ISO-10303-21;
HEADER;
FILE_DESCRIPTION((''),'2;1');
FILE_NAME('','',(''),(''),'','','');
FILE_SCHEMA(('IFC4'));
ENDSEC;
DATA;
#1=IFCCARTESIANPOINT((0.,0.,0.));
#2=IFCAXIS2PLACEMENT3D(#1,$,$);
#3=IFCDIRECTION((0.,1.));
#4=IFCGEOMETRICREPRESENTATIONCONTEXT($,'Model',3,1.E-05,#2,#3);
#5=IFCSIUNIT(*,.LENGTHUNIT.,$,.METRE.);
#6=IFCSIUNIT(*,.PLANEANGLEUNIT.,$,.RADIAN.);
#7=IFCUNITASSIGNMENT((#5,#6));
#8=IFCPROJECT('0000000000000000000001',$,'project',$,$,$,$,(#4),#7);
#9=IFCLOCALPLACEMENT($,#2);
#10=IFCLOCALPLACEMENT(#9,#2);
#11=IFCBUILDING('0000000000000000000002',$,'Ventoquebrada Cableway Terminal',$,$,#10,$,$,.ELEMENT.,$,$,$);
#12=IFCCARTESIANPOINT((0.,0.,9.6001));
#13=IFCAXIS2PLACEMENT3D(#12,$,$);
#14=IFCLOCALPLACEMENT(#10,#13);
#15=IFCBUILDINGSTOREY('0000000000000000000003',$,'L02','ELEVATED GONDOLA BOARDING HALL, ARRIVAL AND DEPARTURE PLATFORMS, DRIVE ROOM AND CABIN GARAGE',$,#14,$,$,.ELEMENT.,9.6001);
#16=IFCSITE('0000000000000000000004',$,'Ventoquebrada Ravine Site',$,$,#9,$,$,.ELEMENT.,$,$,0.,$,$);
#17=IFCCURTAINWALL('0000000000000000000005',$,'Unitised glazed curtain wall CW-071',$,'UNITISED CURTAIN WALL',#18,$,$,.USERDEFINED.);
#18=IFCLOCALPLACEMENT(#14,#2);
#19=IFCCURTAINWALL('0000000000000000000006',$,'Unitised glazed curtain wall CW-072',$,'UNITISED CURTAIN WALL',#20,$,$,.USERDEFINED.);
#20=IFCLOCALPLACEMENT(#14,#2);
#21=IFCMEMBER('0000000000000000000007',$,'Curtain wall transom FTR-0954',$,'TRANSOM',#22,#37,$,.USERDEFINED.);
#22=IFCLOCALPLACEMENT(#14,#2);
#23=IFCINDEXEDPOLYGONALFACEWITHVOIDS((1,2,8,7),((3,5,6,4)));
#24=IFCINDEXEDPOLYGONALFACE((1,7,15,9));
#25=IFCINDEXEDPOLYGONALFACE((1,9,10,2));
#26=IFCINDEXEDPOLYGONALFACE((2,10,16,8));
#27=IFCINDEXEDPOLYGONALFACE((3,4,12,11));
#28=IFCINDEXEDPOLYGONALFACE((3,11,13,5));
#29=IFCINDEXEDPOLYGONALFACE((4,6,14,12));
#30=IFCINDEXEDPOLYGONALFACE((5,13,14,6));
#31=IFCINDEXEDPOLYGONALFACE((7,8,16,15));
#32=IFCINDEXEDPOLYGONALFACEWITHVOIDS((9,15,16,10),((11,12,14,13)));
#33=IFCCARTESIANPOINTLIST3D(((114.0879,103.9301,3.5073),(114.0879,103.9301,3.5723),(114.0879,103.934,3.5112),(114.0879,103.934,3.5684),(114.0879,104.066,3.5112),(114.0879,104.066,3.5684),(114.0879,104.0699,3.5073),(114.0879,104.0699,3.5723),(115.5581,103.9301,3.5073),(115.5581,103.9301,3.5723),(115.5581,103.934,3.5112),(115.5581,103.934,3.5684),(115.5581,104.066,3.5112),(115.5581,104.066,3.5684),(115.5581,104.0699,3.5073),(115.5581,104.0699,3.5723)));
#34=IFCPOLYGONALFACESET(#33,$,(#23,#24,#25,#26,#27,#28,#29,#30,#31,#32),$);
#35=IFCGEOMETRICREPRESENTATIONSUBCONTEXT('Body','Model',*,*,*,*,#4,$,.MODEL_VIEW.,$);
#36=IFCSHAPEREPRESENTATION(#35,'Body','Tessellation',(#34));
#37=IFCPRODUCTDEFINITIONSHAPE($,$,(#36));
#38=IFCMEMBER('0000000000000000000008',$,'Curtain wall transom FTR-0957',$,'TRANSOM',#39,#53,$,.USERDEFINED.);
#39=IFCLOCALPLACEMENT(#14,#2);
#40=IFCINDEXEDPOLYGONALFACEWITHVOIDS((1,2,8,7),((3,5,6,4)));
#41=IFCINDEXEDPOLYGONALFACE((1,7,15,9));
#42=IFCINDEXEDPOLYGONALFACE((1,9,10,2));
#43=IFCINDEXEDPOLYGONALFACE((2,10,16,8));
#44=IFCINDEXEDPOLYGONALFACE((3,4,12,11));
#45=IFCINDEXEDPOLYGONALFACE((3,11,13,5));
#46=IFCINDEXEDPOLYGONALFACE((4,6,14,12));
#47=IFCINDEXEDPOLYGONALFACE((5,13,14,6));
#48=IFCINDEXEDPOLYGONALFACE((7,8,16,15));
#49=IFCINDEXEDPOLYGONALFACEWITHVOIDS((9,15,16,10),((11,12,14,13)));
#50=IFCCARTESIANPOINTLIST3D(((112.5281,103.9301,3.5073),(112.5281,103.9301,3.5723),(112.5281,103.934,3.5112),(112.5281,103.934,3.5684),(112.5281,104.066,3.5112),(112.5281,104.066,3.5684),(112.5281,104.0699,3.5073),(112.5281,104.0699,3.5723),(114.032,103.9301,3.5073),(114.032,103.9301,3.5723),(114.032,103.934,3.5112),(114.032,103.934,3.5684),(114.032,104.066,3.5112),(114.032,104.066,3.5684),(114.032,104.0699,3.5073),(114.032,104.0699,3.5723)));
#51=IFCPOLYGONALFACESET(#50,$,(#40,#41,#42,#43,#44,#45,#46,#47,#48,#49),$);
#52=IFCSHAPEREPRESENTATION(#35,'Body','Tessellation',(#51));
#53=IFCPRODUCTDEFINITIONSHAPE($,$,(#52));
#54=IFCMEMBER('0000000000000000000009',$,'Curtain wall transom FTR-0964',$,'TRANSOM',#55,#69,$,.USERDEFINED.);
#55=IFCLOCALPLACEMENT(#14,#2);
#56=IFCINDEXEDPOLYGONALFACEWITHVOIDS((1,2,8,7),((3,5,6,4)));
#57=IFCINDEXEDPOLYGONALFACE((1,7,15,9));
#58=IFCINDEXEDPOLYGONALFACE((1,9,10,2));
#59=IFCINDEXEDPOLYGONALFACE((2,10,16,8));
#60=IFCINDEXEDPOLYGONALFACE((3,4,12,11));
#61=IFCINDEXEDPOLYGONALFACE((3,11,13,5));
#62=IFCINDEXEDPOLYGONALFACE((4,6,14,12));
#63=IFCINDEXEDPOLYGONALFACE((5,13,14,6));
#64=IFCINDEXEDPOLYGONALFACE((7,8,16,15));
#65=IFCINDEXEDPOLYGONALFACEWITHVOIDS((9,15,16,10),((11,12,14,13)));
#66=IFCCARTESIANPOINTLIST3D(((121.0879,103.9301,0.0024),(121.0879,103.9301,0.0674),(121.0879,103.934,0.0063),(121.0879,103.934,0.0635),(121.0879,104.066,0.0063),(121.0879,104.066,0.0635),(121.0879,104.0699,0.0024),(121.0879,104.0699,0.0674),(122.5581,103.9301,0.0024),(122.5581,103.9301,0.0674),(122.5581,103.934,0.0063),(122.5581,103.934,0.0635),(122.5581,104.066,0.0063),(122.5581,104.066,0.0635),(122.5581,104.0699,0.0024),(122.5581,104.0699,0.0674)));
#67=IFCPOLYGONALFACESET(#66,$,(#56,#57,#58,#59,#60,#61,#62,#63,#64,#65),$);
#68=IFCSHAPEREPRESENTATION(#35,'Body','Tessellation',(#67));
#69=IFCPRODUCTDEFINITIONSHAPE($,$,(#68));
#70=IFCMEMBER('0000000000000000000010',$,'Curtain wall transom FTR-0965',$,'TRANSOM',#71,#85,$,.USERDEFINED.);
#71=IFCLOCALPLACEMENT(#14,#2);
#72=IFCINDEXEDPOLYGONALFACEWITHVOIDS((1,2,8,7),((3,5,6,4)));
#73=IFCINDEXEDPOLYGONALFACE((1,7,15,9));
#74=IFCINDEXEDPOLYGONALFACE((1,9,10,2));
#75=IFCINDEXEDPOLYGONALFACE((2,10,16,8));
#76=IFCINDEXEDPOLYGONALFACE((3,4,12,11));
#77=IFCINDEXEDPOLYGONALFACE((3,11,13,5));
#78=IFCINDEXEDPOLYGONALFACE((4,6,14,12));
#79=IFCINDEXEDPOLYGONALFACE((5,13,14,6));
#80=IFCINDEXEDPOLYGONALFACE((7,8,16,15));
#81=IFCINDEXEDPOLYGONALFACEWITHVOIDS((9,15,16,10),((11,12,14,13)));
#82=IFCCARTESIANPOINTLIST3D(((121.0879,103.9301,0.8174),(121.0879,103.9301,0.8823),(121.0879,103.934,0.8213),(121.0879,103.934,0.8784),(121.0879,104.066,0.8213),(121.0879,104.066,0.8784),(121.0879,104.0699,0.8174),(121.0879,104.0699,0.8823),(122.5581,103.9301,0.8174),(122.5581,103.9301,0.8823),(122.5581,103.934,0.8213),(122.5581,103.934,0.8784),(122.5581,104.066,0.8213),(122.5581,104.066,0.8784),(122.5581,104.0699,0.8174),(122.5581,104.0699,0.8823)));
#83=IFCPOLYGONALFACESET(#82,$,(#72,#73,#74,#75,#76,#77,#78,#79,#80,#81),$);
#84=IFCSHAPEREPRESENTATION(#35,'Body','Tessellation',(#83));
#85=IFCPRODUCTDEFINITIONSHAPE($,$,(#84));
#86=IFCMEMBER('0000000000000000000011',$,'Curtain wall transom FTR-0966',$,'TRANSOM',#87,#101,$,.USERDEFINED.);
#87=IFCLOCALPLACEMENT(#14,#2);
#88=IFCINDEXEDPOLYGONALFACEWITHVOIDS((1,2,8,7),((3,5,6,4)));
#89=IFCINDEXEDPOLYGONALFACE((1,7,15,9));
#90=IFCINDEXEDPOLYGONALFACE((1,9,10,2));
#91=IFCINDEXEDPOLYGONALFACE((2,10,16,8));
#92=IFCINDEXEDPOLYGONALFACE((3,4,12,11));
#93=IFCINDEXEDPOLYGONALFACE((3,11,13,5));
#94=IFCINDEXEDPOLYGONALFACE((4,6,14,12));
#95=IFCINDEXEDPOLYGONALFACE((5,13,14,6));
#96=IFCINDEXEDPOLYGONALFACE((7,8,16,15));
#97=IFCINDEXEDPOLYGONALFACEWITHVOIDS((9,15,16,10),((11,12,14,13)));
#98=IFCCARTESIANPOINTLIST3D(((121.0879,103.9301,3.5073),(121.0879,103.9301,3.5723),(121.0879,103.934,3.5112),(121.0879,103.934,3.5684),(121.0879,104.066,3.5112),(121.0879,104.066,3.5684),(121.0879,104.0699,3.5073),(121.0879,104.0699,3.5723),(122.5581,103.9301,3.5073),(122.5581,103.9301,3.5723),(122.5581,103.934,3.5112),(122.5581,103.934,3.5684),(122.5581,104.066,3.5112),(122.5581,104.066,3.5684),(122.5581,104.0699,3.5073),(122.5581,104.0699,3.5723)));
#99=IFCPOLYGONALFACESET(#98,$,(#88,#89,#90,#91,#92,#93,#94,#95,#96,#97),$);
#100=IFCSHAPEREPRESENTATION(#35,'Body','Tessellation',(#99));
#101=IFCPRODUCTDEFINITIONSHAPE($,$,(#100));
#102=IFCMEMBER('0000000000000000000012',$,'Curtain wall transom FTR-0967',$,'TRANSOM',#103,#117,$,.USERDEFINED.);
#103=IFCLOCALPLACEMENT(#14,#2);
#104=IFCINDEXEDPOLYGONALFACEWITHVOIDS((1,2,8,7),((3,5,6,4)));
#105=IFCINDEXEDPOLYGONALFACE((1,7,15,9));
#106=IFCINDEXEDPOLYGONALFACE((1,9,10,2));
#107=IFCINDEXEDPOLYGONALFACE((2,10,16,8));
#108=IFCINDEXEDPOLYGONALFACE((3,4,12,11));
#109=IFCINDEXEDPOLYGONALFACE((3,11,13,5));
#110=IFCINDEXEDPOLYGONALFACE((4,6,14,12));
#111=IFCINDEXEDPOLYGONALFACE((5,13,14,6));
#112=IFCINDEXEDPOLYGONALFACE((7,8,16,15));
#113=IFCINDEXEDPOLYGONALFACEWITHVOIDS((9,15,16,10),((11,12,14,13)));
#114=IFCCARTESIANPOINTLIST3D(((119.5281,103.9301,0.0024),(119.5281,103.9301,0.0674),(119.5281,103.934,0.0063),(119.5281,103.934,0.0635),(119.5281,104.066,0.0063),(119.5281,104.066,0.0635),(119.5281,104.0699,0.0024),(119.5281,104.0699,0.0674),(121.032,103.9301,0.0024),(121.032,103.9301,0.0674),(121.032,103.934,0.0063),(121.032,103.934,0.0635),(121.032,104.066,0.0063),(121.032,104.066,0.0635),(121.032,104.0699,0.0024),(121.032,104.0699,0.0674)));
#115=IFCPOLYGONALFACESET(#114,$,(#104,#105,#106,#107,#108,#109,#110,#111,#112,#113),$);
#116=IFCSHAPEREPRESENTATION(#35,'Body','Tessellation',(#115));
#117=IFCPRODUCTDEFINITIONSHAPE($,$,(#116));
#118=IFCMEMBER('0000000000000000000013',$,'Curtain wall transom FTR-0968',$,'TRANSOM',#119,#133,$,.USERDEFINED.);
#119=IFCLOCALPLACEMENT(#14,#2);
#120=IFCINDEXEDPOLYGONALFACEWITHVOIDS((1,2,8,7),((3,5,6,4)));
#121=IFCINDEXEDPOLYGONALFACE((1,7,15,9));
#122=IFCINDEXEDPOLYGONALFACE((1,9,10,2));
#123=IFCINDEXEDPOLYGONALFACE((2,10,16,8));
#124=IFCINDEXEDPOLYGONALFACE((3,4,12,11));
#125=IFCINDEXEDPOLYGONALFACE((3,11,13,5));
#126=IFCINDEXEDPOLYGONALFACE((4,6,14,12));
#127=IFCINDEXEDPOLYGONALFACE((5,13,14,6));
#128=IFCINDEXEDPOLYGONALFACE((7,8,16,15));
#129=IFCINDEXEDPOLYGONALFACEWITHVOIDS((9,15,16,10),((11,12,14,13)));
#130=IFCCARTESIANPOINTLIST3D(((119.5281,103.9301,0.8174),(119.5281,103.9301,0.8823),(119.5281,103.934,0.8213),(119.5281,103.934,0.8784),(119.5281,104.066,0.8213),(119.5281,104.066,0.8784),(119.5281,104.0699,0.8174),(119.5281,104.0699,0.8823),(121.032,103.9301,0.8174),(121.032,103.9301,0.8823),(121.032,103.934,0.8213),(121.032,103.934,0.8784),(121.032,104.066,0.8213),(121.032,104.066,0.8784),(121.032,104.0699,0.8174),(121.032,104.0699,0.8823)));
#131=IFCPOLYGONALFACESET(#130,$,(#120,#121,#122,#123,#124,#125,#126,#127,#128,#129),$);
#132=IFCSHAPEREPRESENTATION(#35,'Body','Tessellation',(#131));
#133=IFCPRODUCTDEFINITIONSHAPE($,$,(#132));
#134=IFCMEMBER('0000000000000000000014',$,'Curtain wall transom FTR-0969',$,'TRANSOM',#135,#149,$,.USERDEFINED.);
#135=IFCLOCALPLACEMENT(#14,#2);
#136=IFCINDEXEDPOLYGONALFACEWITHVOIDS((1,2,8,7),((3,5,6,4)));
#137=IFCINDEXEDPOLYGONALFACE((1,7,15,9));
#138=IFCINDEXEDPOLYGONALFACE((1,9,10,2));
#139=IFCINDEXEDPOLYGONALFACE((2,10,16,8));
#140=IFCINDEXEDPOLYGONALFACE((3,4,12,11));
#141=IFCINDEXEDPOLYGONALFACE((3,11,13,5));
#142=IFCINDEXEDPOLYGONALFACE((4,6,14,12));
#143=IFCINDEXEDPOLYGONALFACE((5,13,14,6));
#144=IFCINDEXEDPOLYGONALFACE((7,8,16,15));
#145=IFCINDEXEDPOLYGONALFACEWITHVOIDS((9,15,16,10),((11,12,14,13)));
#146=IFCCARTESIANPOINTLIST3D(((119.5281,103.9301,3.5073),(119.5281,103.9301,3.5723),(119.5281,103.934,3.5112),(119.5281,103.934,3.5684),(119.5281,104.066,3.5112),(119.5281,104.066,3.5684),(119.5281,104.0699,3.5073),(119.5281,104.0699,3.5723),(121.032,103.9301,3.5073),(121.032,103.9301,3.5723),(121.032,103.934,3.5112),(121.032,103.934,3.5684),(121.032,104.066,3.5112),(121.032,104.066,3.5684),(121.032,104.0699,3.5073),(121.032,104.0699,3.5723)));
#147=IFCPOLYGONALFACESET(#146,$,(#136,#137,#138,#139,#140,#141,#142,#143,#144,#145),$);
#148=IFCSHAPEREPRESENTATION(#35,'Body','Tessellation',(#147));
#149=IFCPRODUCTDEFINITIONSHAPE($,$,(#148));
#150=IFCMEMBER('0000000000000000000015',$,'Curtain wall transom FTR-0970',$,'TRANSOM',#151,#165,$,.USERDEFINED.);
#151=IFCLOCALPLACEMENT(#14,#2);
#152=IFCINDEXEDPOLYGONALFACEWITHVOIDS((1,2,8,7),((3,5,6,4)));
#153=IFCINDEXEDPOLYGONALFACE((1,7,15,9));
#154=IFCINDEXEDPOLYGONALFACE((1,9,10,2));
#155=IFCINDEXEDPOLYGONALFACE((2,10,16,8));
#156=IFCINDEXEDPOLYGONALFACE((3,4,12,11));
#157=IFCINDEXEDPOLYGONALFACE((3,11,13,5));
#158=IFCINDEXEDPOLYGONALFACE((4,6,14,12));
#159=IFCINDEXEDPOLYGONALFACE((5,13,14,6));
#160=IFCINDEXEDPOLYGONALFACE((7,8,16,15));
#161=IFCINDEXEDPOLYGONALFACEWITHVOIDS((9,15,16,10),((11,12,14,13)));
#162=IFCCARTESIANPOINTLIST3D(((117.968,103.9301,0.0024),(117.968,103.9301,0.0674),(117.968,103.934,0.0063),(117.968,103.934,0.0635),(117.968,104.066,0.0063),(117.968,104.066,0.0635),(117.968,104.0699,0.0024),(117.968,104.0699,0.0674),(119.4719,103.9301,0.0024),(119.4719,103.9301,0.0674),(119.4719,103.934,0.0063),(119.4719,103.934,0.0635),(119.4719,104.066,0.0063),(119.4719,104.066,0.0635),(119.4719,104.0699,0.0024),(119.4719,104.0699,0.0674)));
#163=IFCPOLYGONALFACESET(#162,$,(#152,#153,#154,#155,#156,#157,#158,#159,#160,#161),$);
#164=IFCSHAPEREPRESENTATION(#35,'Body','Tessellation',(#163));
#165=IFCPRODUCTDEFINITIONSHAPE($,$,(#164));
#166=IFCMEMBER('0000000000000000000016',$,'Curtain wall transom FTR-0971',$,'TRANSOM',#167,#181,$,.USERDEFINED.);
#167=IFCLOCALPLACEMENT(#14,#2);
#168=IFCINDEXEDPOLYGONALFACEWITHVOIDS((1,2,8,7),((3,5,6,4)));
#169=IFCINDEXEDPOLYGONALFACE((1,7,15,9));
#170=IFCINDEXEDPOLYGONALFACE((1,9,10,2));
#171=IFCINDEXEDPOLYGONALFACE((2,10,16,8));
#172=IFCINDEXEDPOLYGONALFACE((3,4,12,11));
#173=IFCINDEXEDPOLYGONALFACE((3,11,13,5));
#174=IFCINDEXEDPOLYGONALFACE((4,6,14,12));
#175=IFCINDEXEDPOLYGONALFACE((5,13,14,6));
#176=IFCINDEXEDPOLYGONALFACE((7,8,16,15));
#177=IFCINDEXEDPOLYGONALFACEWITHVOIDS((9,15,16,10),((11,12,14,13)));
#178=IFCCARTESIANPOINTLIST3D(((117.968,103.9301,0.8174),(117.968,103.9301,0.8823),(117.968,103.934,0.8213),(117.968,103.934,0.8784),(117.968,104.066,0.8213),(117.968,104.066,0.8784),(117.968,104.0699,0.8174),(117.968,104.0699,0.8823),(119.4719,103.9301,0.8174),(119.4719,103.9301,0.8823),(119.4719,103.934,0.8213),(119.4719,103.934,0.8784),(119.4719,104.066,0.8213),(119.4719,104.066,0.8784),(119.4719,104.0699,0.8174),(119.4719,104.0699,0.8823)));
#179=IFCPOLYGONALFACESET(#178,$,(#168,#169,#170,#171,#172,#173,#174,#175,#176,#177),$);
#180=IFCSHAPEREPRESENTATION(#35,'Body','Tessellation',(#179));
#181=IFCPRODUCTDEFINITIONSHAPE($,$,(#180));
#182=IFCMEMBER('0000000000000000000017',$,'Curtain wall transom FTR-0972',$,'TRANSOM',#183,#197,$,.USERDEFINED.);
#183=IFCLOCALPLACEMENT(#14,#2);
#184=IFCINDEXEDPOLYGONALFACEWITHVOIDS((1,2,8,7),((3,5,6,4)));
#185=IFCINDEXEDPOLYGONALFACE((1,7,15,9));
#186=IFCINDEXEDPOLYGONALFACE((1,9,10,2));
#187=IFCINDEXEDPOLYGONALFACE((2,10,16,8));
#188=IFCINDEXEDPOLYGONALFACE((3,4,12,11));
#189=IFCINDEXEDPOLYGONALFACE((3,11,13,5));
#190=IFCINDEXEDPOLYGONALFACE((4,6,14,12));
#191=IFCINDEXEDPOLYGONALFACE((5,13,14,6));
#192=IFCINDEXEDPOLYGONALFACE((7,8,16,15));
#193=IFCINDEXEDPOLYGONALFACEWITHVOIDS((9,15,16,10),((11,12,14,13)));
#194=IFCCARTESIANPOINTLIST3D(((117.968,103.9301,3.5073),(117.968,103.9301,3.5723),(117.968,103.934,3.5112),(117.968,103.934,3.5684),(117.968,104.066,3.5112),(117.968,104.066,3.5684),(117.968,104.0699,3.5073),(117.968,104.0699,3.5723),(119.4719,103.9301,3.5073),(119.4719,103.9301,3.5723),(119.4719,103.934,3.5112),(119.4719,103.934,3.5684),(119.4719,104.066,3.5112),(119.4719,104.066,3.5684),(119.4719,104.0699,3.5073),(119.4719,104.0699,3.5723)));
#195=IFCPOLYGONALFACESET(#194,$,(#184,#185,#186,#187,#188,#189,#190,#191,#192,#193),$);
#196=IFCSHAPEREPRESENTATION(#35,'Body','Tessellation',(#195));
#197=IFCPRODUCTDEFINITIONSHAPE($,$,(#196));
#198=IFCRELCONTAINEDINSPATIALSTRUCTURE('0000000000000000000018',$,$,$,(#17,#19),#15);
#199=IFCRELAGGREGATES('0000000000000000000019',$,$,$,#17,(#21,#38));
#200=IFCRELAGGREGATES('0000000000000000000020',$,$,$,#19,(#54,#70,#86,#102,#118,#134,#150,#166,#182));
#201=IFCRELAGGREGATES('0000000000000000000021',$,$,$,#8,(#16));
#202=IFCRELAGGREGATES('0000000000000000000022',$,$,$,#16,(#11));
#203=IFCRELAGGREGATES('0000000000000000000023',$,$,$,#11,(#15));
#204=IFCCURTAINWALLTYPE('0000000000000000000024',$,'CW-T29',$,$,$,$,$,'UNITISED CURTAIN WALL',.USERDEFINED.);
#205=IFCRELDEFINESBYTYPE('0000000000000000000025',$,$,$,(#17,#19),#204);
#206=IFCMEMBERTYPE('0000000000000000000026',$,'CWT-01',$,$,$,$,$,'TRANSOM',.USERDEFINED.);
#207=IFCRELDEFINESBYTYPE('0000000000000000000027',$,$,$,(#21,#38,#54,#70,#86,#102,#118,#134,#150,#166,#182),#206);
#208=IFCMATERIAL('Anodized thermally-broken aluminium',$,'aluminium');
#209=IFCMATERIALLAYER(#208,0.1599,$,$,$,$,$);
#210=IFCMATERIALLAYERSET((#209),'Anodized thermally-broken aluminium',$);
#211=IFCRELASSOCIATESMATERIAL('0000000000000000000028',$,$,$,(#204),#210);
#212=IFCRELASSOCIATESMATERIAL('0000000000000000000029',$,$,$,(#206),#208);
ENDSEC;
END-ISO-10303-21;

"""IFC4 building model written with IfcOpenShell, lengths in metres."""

from ifc_helpers import new_model, si_unit, direction, frame, origin, origin_2d, place, context, subcontext, project, spatial, hollow_rectangle, extrude, material, layer, layer_set, material_profile, profile_set, type_object, element, aggregate, save


model = new_model("IFC4")

# Units and contexts
model_context = context("Model", 3, precision=1e-05, world=origin(), true_north=direction((0.0, 1.0)))
body_context = subcontext(model_context, "Body", "Model", "MODEL_VIEW")
ifc_project = project(units=[si_unit("LENGTHUNIT", "METRE"), si_unit("PLANEANGLEUNIT", "RADIAN")], contexts=[model_context])

# Site, building, storey
site_placement = place(None, origin())
site = spatial("IfcSite", under=ifc_project, at=site_placement, Name="Ventoquebrada Ravine Site", CompositionType="ELEMENT", RefElevation=0.0)
building_placement = place(site_placement, origin())
building = spatial("IfcBuilding", under=site, at=building_placement, Name="Ventoquebrada Cableway Terminal", CompositionType="ELEMENT")
storey_placement = place(building_placement, frame((0.0, 0.0, 9.6001)))
storey = spatial("IfcBuildingStorey", under=building, at=storey_placement, Name="L02", Description="ELEVATED GONDOLA BOARDING HALL, ARRIVAL AND DEPARTURE PLATFORMS, DRIVE ROOM AND CABIN GARAGE", CompositionType="ELEMENT", Elevation=9.6001)

# Curtain walls
ifc_material_1 = material(Name="Anodized thermally-broken aluminium", Category="aluminium")
ifc_layer_1 = layer(ifc_material_1, 0.1599)
ifc_layer_set_1 = layer_set([ifc_layer_1], Name="Anodized thermally-broken aluminium")
curtain_wall_type = type_object("IfcCurtainWallType", Name="CW-T29", ElementType="UNITISED CURTAIN WALL", PredefinedType="USERDEFINED", material=ifc_layer_set_1)
curtain_wall_1_placement = place(storey_placement, origin())
curtain_wall_1 = element("IfcCurtainWall", 1, at=curtain_wall_1_placement, inside=storey, type_object=curtain_wall_type, Name="Unitised glazed curtain wall CW-071", ObjectType="UNITISED CURTAIN WALL", PredefinedType="USERDEFINED")
curtain_wall_2_placement = place(storey_placement, origin())
curtain_wall_2 = element("IfcCurtainWall", 2, at=curtain_wall_2_placement, inside=storey, type_object=curtain_wall_type, Name="Unitised glazed curtain wall CW-072", ObjectType="UNITISED CURTAIN WALL", PredefinedType="USERDEFINED")

# Members
ifc_material_profile_1 = material_profile(ifc_material_1, hollow_rectangle(XDim=0.0649, YDim=0.1399, WallThickness=0.0039, at=origin_2d()), Name="CW-TRN-65X140")
ifc_profile_set_1 = profile_set([ifc_material_profile_1], Name="Anodized thermally-broken aluminium")
member_type_1 = type_object("IfcMemberType", Name="CWT-01", ElementType="TRANSOM", PredefinedType="USERDEFINED", material=ifc_profile_set_1)
member_1_placement = place(storey_placement, frame((115.5581, 104.0, 3.5398), z_axis=(-1.0, 0.0, 0.0), x_axis=(0.0, 0.0, 1.0)))
member_1 = element("IfcMember", 3, at=member_1_placement, type_object=member_type_1, Name="Curtain wall transom FTR-0954", ObjectType="TRANSOM", PredefinedType="USERDEFINED", context=body_context, shape_type="SweptSolid", body=[
    extrude(hollow_rectangle(XDim=0.0649, YDim=0.1399, WallThickness=0.0039, at=origin_2d()), origin(), (0.0, 0.0, 1.0), 1.4702),
])
member_2_placement = place(storey_placement, frame((114.032, 104.0, 3.5398), z_axis=(-1.0, 0.0, 0.0), x_axis=(0.0, 0.0, 1.0)))
member_2 = element("IfcMember", 4, at=member_2_placement, type_object=member_type_1, Name="Curtain wall transom FTR-0957", ObjectType="TRANSOM", PredefinedType="USERDEFINED", context=body_context, shape_type="SweptSolid", body=[
    extrude(hollow_rectangle(XDim=0.0649, YDim=0.1399, WallThickness=0.0039, at=origin_2d()), origin(), (0.0, 0.0, 1.0), 1.5039),
])
member_3_placement = place(storey_placement, frame((122.5581, 104.0, 0.0349), z_axis=(-1.0, 0.0, 0.0), x_axis=(0.0, 0.0, 1.0)))
member_3 = element("IfcMember", 5, at=member_3_placement, type_object=member_type_1, Name="Curtain wall transom FTR-0964", ObjectType="TRANSOM", PredefinedType="USERDEFINED", context=body_context, shape_type="SweptSolid", body=[
    extrude(hollow_rectangle(XDim=0.0649, YDim=0.1399, WallThickness=0.0039, at=origin_2d()), origin(), (0.0, 0.0, 1.0), 1.4702),
])
member_4_placement = place(storey_placement, frame((122.5581, 104.0, 0.8499), z_axis=(-1.0, 0.0, 0.0), x_axis=(0.0, 0.0, 1.0)))
member_4 = element("IfcMember", 6, at=member_4_placement, type_object=member_type_1, Name="Curtain wall transom FTR-0965", ObjectType="TRANSOM", PredefinedType="USERDEFINED", context=body_context, shape_type="SweptSolid", body=[
    extrude(hollow_rectangle(XDim=0.0649, YDim=0.1399, WallThickness=0.0039, at=origin_2d()), origin(), (0.0, 0.0, 1.0), 1.4702),
])
member_5_placement = place(storey_placement, frame((122.5581, 104.0, 3.5398), z_axis=(-1.0, 0.0, 0.0), x_axis=(0.0, 0.0, 1.0)))
member_5 = element("IfcMember", 7, at=member_5_placement, type_object=member_type_1, Name="Curtain wall transom FTR-0966", ObjectType="TRANSOM", PredefinedType="USERDEFINED", context=body_context, shape_type="SweptSolid", body=[
    extrude(hollow_rectangle(XDim=0.0649, YDim=0.1399, WallThickness=0.0039, at=origin_2d()), origin(), (0.0, 0.0, 1.0), 1.4702),
])
member_6_placement = place(storey_placement, frame((121.032, 104.0, 0.0349), z_axis=(-1.0, 0.0, 0.0), x_axis=(0.0, 0.0, 1.0)))
member_6 = element("IfcMember", 8, at=member_6_placement, type_object=member_type_1, Name="Curtain wall transom FTR-0967", ObjectType="TRANSOM", PredefinedType="USERDEFINED", context=body_context, shape_type="SweptSolid", body=[
    extrude(hollow_rectangle(XDim=0.0649, YDim=0.1399, WallThickness=0.0039, at=origin_2d()), origin(), (0.0, 0.0, 1.0), 1.5039),
])
member_7_placement = place(storey_placement, frame((121.032, 104.0, 0.8499), z_axis=(-1.0, 0.0, 0.0), x_axis=(0.0, 0.0, 1.0)))
member_7 = element("IfcMember", 9, at=member_7_placement, type_object=member_type_1, Name="Curtain wall transom FTR-0968", ObjectType="TRANSOM", PredefinedType="USERDEFINED", context=body_context, shape_type="SweptSolid", body=[
    extrude(hollow_rectangle(XDim=0.0649, YDim=0.1399, WallThickness=0.0039, at=origin_2d()), origin(), (0.0, 0.0, 1.0), 1.5039),
])
member_8_placement = place(storey_placement, frame((121.032, 104.0, 3.5398), z_axis=(-1.0, 0.0, 0.0), x_axis=(0.0, 0.0, 1.0)))
member_8 = element("IfcMember", 10, at=member_8_placement, type_object=member_type_1, Name="Curtain wall transom FTR-0969", ObjectType="TRANSOM", PredefinedType="USERDEFINED", context=body_context, shape_type="SweptSolid", body=[
    extrude(hollow_rectangle(XDim=0.0649, YDim=0.1399, WallThickness=0.0039, at=origin_2d()), origin(), (0.0, 0.0, 1.0), 1.5039),
])
member_9_placement = place(storey_placement, frame((119.4719, 104.0, 0.0349), z_axis=(-1.0, 0.0, 0.0), x_axis=(0.0, 0.0, 1.0)))
member_9 = element("IfcMember", 11, at=member_9_placement, type_object=member_type_1, Name="Curtain wall transom FTR-0970", ObjectType="TRANSOM", PredefinedType="USERDEFINED", context=body_context, shape_type="SweptSolid", body=[
    extrude(hollow_rectangle(XDim=0.0649, YDim=0.1399, WallThickness=0.0039, at=origin_2d()), origin(), (0.0, 0.0, 1.0), 1.5039),
])
member_10_placement = place(storey_placement, frame((119.4719, 104.0, 0.8499), z_axis=(-1.0, 0.0, 0.0), x_axis=(0.0, 0.0, 1.0)))
member_10 = element("IfcMember", 12, at=member_10_placement, type_object=member_type_1, Name="Curtain wall transom FTR-0971", ObjectType="TRANSOM", PredefinedType="USERDEFINED", context=body_context, shape_type="SweptSolid", body=[
    extrude(hollow_rectangle(XDim=0.0649, YDim=0.1399, WallThickness=0.0039, at=origin_2d()), origin(), (0.0, 0.0, 1.0), 1.5039),
])
member_11_placement = place(storey_placement, frame((119.4719, 104.0, 3.5398), z_axis=(-1.0, 0.0, 0.0), x_axis=(0.0, 0.0, 1.0)))
member_11 = element("IfcMember", 13, at=member_11_placement, type_object=member_type_1, Name="Curtain wall transom FTR-0972", ObjectType="TRANSOM", PredefinedType="USERDEFINED", context=body_context, shape_type="SweptSolid", body=[
    extrude(hollow_rectangle(XDim=0.0649, YDim=0.1399, WallThickness=0.0039, at=origin_2d()), origin(), (0.0, 0.0, 1.0), 1.5039),
])

aggregate(curtain_wall_1, [member_1, member_2])
aggregate(curtain_wall_2, [member_3, member_4, member_5, member_6, member_7, member_8, member_9, member_10, member_11])

save(model, "model.ifc")
